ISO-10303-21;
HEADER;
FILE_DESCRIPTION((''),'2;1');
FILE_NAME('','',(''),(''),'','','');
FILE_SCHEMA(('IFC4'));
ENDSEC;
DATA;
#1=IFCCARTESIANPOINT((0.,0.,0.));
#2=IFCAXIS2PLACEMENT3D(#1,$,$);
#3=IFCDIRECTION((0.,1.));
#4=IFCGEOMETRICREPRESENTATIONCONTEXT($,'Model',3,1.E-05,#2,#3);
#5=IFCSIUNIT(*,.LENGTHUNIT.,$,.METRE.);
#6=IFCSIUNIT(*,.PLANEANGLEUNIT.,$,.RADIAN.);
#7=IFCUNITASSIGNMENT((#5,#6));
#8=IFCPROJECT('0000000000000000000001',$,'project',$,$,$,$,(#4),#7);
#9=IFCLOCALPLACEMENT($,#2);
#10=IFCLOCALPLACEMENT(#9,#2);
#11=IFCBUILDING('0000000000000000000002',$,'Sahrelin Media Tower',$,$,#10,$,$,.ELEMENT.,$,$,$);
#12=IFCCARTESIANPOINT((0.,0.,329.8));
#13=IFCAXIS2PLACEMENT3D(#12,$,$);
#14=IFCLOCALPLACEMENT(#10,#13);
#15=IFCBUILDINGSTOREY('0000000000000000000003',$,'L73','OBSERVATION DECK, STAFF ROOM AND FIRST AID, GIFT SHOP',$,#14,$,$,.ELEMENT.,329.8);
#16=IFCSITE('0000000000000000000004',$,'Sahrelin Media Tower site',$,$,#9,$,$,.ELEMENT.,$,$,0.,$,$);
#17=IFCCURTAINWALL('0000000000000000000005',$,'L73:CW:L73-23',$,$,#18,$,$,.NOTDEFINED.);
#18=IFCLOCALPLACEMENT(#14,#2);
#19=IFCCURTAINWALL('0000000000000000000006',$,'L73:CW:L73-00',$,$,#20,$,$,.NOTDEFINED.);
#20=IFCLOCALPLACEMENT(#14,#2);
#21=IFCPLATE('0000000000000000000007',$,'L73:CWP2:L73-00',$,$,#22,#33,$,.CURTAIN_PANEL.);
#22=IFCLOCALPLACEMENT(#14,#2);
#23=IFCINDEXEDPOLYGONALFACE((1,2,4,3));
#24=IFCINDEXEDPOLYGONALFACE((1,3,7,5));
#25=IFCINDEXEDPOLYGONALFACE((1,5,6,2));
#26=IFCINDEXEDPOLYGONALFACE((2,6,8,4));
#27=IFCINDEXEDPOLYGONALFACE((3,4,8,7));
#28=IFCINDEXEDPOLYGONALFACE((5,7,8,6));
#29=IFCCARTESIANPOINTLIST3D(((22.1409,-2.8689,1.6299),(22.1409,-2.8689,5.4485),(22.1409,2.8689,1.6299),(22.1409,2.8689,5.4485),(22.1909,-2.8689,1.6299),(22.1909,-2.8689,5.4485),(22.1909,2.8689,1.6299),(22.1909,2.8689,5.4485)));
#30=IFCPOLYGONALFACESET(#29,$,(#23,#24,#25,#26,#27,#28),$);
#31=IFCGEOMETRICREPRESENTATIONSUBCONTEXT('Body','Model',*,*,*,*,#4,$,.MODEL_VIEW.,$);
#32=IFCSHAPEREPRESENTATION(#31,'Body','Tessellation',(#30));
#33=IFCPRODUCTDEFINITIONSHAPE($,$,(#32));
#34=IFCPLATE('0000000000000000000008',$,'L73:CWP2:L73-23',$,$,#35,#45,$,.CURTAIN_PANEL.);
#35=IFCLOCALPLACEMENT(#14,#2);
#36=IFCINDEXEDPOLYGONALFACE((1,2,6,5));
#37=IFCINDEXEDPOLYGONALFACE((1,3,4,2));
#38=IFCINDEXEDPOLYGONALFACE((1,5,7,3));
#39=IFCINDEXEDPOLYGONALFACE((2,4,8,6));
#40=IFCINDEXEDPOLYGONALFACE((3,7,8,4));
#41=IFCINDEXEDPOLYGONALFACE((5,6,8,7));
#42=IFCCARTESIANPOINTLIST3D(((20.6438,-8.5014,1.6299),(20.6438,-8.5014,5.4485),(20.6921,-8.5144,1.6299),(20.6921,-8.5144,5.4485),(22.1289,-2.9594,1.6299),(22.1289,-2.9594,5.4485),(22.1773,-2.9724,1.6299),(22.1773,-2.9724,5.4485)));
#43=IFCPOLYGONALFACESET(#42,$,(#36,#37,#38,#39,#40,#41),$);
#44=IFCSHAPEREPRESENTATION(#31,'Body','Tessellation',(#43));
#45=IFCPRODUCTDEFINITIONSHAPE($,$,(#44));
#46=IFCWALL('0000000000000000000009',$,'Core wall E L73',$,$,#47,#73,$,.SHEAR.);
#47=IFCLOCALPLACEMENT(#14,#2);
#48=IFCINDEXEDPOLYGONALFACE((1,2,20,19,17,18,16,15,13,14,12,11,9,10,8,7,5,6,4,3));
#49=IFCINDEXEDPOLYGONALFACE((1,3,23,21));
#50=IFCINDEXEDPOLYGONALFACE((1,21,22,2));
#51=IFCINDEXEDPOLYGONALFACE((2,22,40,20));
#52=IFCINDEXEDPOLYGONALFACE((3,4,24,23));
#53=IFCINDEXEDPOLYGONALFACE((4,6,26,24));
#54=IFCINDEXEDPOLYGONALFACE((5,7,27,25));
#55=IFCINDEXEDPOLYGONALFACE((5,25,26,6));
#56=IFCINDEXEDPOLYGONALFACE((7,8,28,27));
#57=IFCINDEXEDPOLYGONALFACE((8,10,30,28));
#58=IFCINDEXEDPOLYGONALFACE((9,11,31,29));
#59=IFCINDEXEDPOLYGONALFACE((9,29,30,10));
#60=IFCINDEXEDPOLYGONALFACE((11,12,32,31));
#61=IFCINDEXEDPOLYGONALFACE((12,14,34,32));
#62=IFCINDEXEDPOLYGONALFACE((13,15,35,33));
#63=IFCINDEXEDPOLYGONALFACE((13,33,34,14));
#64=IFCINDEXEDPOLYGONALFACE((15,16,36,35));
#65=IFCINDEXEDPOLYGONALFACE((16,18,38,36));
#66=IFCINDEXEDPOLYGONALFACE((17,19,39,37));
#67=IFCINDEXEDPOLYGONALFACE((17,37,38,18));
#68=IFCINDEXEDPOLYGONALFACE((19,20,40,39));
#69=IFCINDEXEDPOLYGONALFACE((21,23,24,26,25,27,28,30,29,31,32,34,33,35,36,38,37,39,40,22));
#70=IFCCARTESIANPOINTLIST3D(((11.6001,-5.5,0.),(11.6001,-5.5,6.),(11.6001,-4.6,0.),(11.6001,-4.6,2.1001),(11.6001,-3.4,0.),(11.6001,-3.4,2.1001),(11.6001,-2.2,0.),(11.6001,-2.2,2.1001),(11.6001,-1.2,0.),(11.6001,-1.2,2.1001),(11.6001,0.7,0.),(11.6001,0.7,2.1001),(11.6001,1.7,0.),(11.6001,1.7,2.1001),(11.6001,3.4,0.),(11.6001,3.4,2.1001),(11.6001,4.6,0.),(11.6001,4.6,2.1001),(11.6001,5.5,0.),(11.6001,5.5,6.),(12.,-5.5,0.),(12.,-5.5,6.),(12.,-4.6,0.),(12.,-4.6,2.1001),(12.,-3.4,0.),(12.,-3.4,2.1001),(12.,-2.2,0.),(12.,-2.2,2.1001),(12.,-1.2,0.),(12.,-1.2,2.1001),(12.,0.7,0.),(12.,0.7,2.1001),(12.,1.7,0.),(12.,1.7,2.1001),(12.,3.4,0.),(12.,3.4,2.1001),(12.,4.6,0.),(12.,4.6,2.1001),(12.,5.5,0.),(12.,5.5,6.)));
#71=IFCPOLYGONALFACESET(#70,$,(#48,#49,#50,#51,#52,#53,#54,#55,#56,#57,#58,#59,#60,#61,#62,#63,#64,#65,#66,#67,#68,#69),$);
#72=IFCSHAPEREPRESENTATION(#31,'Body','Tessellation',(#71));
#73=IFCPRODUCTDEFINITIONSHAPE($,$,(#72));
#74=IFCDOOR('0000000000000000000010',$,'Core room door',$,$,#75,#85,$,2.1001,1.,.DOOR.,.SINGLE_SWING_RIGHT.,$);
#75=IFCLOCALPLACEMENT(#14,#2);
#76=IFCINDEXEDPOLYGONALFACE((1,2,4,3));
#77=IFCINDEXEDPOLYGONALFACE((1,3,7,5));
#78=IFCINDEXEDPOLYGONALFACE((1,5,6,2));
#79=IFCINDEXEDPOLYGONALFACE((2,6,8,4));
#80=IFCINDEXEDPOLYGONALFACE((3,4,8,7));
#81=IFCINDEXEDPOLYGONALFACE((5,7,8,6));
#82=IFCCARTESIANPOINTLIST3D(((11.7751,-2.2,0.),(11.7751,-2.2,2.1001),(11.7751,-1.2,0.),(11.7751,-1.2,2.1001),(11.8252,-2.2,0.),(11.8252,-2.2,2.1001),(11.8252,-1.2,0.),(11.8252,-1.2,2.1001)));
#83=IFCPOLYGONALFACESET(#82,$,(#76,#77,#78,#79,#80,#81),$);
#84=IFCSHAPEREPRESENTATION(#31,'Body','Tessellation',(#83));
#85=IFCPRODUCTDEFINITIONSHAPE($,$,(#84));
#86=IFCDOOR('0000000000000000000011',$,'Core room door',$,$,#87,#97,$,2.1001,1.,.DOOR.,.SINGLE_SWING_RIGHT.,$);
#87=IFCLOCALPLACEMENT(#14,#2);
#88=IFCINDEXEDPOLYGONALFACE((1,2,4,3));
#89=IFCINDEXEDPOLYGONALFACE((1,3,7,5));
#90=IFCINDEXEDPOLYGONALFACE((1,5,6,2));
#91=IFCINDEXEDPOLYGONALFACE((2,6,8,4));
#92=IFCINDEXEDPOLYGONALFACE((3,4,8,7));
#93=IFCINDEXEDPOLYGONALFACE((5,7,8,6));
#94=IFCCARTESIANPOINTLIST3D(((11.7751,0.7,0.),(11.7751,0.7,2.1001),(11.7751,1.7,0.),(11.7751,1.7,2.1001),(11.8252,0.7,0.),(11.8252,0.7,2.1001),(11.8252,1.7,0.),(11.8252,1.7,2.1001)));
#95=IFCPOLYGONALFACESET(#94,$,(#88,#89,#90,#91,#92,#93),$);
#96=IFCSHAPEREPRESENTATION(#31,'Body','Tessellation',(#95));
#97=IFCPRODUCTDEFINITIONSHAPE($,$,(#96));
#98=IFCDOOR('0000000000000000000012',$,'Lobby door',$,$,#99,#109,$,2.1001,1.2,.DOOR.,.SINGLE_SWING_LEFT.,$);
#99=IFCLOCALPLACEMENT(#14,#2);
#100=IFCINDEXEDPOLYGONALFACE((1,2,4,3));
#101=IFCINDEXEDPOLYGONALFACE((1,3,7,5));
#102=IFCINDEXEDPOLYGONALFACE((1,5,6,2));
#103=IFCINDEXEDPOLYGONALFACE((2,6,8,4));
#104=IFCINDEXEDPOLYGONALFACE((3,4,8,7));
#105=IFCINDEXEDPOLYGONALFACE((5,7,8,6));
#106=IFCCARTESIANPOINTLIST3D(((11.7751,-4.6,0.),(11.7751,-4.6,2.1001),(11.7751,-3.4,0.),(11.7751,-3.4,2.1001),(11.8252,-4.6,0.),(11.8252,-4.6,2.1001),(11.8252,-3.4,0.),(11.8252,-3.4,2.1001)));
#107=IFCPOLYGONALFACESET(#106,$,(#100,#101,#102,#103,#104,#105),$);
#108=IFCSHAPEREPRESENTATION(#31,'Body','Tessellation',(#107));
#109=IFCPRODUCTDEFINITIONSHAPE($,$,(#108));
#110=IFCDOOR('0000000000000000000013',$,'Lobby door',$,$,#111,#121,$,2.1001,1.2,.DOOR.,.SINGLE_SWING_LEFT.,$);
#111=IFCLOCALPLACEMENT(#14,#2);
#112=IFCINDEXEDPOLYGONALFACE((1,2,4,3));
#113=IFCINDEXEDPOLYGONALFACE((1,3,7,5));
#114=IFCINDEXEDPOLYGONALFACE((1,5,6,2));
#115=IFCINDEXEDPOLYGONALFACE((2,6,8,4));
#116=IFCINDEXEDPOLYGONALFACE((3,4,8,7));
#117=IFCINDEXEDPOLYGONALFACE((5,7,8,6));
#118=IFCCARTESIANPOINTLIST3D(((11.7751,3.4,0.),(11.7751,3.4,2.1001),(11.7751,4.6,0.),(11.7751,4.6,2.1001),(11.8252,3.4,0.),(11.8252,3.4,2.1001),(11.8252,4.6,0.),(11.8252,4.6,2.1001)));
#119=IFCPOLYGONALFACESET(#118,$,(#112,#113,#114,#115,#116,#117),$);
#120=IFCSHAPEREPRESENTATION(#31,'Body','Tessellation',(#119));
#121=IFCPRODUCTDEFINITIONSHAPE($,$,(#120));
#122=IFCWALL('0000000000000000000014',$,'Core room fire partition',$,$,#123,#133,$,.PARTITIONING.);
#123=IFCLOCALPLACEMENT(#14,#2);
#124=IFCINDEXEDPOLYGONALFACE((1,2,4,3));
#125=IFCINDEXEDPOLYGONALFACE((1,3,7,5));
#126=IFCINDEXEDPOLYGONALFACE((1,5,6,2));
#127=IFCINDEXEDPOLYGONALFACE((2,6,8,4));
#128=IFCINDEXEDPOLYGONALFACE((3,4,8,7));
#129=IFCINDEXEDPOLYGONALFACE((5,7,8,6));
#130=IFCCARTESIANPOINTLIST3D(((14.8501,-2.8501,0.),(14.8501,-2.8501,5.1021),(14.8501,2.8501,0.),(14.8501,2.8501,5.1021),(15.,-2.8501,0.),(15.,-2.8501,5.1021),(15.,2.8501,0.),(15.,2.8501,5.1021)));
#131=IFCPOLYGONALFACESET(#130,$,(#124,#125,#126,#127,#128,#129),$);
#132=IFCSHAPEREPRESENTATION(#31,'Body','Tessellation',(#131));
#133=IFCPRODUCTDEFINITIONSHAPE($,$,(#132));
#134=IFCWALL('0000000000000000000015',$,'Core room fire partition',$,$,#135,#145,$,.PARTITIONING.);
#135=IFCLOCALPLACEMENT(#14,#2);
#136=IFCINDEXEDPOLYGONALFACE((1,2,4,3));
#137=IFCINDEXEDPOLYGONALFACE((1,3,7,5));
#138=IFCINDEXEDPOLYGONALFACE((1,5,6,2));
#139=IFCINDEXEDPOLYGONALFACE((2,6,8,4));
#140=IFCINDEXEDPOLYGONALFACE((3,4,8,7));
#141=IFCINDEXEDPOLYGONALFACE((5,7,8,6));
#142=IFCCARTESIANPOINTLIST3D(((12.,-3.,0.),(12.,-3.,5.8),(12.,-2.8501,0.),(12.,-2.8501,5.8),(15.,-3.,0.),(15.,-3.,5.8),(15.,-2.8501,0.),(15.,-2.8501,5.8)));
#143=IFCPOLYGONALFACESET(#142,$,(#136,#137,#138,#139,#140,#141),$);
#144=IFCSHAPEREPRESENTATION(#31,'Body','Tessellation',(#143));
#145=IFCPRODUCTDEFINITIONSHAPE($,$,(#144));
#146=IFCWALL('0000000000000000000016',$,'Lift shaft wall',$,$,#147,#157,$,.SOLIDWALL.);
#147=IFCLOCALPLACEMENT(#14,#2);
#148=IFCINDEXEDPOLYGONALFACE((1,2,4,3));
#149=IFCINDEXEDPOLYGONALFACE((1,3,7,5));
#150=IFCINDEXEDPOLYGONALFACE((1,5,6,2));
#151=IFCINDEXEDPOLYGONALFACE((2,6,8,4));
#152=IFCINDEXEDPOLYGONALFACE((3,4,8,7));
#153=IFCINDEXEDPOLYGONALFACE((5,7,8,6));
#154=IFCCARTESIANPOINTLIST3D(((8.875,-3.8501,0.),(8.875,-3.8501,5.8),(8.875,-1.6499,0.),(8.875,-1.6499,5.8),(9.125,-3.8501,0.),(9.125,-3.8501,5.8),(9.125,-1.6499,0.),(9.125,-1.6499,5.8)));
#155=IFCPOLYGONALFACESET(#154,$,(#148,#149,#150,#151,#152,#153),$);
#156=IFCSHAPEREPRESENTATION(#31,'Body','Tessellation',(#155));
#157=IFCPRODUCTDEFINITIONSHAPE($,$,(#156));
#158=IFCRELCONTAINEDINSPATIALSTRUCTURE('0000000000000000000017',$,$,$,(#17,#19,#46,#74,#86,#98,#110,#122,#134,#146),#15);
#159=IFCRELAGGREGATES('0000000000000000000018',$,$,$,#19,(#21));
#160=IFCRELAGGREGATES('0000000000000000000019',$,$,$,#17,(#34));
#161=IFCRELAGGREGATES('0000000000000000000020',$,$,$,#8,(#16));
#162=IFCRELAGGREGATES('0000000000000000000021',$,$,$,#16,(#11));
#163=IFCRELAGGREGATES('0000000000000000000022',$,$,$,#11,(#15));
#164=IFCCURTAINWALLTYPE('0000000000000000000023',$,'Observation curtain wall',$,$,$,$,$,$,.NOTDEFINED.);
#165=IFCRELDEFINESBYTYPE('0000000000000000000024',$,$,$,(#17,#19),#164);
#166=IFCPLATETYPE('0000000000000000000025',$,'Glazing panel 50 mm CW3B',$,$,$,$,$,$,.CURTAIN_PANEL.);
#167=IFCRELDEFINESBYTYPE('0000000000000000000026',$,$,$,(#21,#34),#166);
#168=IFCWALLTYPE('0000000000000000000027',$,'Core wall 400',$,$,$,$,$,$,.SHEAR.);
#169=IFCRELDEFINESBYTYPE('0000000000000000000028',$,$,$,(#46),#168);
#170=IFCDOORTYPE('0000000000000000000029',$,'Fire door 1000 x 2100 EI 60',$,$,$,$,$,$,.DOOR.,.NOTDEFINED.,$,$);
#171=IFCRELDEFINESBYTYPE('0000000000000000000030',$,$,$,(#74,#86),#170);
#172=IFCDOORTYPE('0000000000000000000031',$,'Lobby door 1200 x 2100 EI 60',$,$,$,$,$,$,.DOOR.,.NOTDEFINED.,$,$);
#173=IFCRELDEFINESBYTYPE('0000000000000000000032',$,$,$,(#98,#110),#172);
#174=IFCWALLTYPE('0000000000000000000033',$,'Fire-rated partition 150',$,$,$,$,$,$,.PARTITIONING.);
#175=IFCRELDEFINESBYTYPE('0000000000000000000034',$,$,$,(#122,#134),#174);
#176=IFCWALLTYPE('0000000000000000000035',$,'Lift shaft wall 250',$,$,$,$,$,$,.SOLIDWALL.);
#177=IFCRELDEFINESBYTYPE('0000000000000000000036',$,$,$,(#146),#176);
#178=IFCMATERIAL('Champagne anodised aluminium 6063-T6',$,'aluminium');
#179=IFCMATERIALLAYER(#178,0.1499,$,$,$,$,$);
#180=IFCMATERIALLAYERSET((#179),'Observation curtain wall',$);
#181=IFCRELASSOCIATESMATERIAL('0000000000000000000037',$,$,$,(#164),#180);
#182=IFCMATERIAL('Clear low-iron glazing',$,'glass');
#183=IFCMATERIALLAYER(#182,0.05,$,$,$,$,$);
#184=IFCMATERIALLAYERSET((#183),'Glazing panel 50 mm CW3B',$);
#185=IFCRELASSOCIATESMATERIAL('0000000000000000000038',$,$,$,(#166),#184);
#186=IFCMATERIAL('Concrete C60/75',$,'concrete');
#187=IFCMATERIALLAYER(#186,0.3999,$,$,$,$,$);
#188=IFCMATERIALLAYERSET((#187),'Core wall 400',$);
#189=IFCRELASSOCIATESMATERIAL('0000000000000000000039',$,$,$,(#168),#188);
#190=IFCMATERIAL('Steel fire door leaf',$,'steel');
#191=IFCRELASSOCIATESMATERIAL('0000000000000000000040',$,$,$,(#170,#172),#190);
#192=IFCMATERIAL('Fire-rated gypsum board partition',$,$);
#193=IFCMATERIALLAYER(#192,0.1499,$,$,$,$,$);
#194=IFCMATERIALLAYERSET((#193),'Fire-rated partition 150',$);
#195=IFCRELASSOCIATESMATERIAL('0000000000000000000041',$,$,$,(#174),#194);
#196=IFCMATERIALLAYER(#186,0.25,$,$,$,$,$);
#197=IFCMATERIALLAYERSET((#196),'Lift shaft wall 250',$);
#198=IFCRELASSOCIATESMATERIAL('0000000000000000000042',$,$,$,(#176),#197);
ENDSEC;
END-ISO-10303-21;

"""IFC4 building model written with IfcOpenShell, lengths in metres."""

from ifc_helpers import new_model, si_unit, direction, frame, frame_2d, origin, place, context, subcontext, project, spatial, polyline, rectangle, outline, extrude, material, layer, layer_set, type_object, element, fill, aggregate, save


model = new_model("IFC4")

# Units and contexts
model_context = context("Model", 3, precision=1e-05, world=origin(), true_north=direction((0.0, 1.0)))
body_context = subcontext(model_context, "Body", "Model", "MODEL_VIEW")
ifc_project = project(units=[si_unit("LENGTHUNIT", "METRE"), si_unit("PLANEANGLEUNIT", "RADIAN")], contexts=[model_context])

# Site, building, storey
site_placement = place(None, origin())
site = spatial("IfcSite", under=ifc_project, at=site_placement, Name="Sahrelin Media Tower site", CompositionType="ELEMENT", RefElevation=0.0)
building_placement = place(site_placement, origin())
building = spatial("IfcBuilding", under=site, at=building_placement, Name="Sahrelin Media Tower", CompositionType="ELEMENT")
storey_placement = place(building_placement, frame((0.0, 0.0, 329.8)))
storey = spatial("IfcBuildingStorey", under=building, at=storey_placement, Name="L73", Description="OBSERVATION DECK, STAFF ROOM AND FIRST AID, GIFT SHOP", CompositionType="ELEMENT", Elevation=329.8)

# Curtain wall
ifc_material_1 = material(Name="Champagne anodised aluminium 6063-T6", Category="aluminium")
ifc_layer_1 = layer(ifc_material_1, 0.1499)
ifc_layer_set_1 = layer_set([ifc_layer_1], Name="Observation curtain wall")
curtain_wall_type = type_object("IfcCurtainWallType", Name="Observation curtain wall", PredefinedType="NOTDEFINED", material=ifc_layer_set_1)
curtain_wall_1_placement = place(storey_placement, frame((21.4153, -5.7383, 0.0), z_axis=(0.0, 0.0, 1.0), x_axis=(1.0, 0.0, 0.0)))
curtain_wall_1 = element("IfcCurtainWall", 1, at=curtain_wall_1_placement, inside=storey, type_object=curtain_wall_type, Name="L73:CW:L73-23", PredefinedType="NOTDEFINED")

# Curtain wall
curtain_wall_2_placement = place(storey_placement, frame((22.1709, 0.0, 0.0), z_axis=(0.0, 0.0, 1.0), x_axis=(1.0, 0.0, 0.0)))
curtain_wall_2 = element("IfcCurtainWall", 2, at=curtain_wall_2_placement, inside=storey, type_object=curtain_wall_type, Name="L73:CW:L73-00", PredefinedType="NOTDEFINED")

# Plates
ifc_material_2 = material(Name="Clear low-iron glazing", Category="glass")
ifc_layer_2 = layer(ifc_material_2, 0.05)
ifc_layer_set_2 = layer_set([ifc_layer_2], Name="Glazing panel 50 mm CW3B")
plate_type = type_object("IfcPlateType", Name="Glazing panel 50 mm CW3B", PredefinedType="CURTAIN_PANEL", material=ifc_layer_set_2)
plate_1_placement = place(storey_placement, frame((22.1909, -2.8689, 1.6299), z_axis=(1.0, 0.0, 0.0), x_axis=(0.0, 1.0, 0.0)))
plate_1 = element("IfcPlate", 3, at=plate_1_placement, type_object=plate_type, Name="L73:CWP2:L73-00", PredefinedType="CURTAIN_PANEL", context=body_context, shape_type="SweptSolid", body=[
    extrude(outline(polyline([(0.0, 0.0), (5.7378, 0.0), (5.7378, 3.8186), (0.0, 3.8186), (0.0, 0.0)])), origin(), (0.0, 0.0, -1.0), 0.05),
])
aggregate(curtain_wall_2, [plate_1])
plate_2_placement = place(storey_placement, frame((20.6921, -8.5144, 1.6299), z_axis=(0.96592, -0.258841, 0.0), x_axis=(0.258841, 0.96592, 0.0)))
plate_2 = element("IfcPlate", 4, at=plate_2_placement, type_object=plate_type, Name="L73:CWP2:L73-23", PredefinedType="CURTAIN_PANEL", context=body_context, shape_type="SweptSolid", body=[
    extrude(outline(polyline([(0.0, 0.0), (5.7375, 0.0), (5.7375, 3.8186), (0.0, 3.8186), (0.0, 0.0)])), origin(), (0.0, 0.0, -1.0), 0.05),
])
aggregate(curtain_wall_1, [plate_2])

# Wall, openings, doors
ifc_material_3 = material(Name="Concrete C60/75", Category="concrete")
ifc_layer_3 = layer(ifc_material_3, 0.3999)
ifc_layer_set_3 = layer_set([ifc_layer_3], Name="Core wall 400")
wall_type_1 = type_object("IfcWallType", Name="Core wall 400", PredefinedType="SHEAR", material=ifc_layer_set_3)
wall_1_placement = place(storey_placement, frame((11.8, -5.5, 0.0), z_axis=(0.0, 0.0, 1.0), x_axis=(0.0, 1.0, 0.0)))
wall_1 = element("IfcWall", 5, at=wall_1_placement, inside=storey, type_object=wall_type_1, Name="Core wall E L73", PredefinedType="SHEAR", context=body_context, shape_type="SweptSolid", body=[
    extrude(rectangle(XDim=11.0, YDim=0.3999, at=frame_2d((5.5, 0.0))), origin(), (0.0, 0.0, 1.0), 6.0),
])
opening_1_placement = place(wall_1_placement, frame((3.3, 0.0, 0.0)))
opening_1 = element("IfcOpeningElement", 6, at=opening_1_placement, cuts=wall_1, PredefinedType="OPENING", context=body_context, shape_type="SweptSolid", body=[
    extrude(rectangle(XDim=1.0, YDim=2.1001, at=frame_2d((0.5, 1.05))), frame((0.0, 0.2, 0.0), z_axis=(0.0, -1.0, 0.0), x_axis=(1.0, 0.0, 0.0)), (0.0, 0.0, 1.0), 0.3999),
])
opening_2_placement = place(wall_1_placement, frame((6.2, 0.0, 0.0)))
opening_2 = element("IfcOpeningElement", 7, at=opening_2_placement, cuts=wall_1, PredefinedType="OPENING", context=body_context, shape_type="SweptSolid", body=[
    extrude(rectangle(XDim=1.0, YDim=2.1001, at=frame_2d((0.5, 1.05))), frame((0.0, 0.2, 0.0), z_axis=(0.0, -1.0, 0.0), x_axis=(1.0, 0.0, 0.0)), (0.0, 0.0, 1.0), 0.3999),
])
opening_3_placement = place(wall_1_placement, frame((0.8999, 0.0, 0.0)))
opening_3 = element("IfcOpeningElement", 8, at=opening_3_placement, cuts=wall_1, PredefinedType="OPENING", context=body_context, shape_type="SweptSolid", body=[
    extrude(rectangle(XDim=1.2, YDim=2.1001, at=frame_2d((0.6001, 1.05))), frame((0.0, 0.2, 0.0), z_axis=(0.0, -1.0, 0.0), x_axis=(1.0, 0.0, 0.0)), (0.0, 0.0, 1.0), 0.3999),
])
opening_4_placement = place(wall_1_placement, frame((8.8999, 0.0, 0.0)))
opening_4 = element("IfcOpeningElement", 9, at=opening_4_placement, cuts=wall_1, PredefinedType="OPENING", context=body_context, shape_type="SweptSolid", body=[
    extrude(rectangle(XDim=1.2, YDim=2.1001, at=frame_2d((0.6001, 1.05))), frame((0.0, 0.2, 0.0), z_axis=(0.0, -1.0, 0.0), x_axis=(1.0, 0.0, 0.0)), (0.0, 0.0, 1.0), 0.3999),
])
ifc_material_4 = material(Name="Steel fire door leaf", Category="steel")
door_type_1 = type_object("IfcDoorType", Name="Fire door 1000 x 2100 EI 60", OperationType="NOTDEFINED", PredefinedType="DOOR", material=ifc_material_4)
door_1_placement = place(opening_1_placement, origin())
door_1 = element("IfcDoor", 10, at=door_1_placement, inside=storey, type_object=door_type_1, Name="Core room door", OperationType="SINGLE_SWING_RIGHT", OverallHeight=2.1001, OverallWidth=1.0, PredefinedType="DOOR", context=body_context, shape_type="SweptSolid", body=[
    extrude(rectangle(XDim=1.0, YDim=2.1001, at=frame_2d((0.5, 1.05))), frame((0.0, 0.0249, 0.0), z_axis=(0.0, -1.0, 0.0), x_axis=(1.0, 0.0, 0.0)), (0.0, 0.0, 1.0), 0.05),
])
fill(opening_1, door_1)
door_2_placement = place(opening_2_placement, origin())
door_2 = element("IfcDoor", 11, at=door_2_placement, inside=storey, type_object=door_type_1, Name="Core room door", OperationType="SINGLE_SWING_RIGHT", OverallHeight=2.1001, OverallWidth=1.0, PredefinedType="DOOR", context=body_context, shape_type="SweptSolid", body=[
    extrude(rectangle(XDim=1.0, YDim=2.1001, at=frame_2d((0.5, 1.05))), frame((0.0, 0.0249, 0.0), z_axis=(0.0, -1.0, 0.0), x_axis=(1.0, 0.0, 0.0)), (0.0, 0.0, 1.0), 0.05),
])
fill(opening_2, door_2)
door_type_2 = type_object("IfcDoorType", Name="Lobby door 1200 x 2100 EI 60", OperationType="NOTDEFINED", PredefinedType="DOOR", material=ifc_material_4)
door_3_placement = place(opening_3_placement, origin())
door_3 = element("IfcDoor", 12, at=door_3_placement, inside=storey, type_object=door_type_2, Name="Lobby door", OperationType="SINGLE_SWING_LEFT", OverallHeight=2.1001, OverallWidth=1.2, PredefinedType="DOOR", context=body_context, shape_type="SweptSolid", body=[
    extrude(rectangle(XDim=1.2, YDim=2.1001, at=frame_2d((0.6001, 1.05))), frame((0.0, 0.0249, 0.0), z_axis=(0.0, -1.0, 0.0), x_axis=(1.0, 0.0, 0.0)), (0.0, 0.0, 1.0), 0.05),
])
fill(opening_3, door_3)
door_4_placement = place(opening_4_placement, origin())
door_4 = element("IfcDoor", 13, at=door_4_placement, inside=storey, type_object=door_type_2, Name="Lobby door", OperationType="SINGLE_SWING_LEFT", OverallHeight=2.1001, OverallWidth=1.2, PredefinedType="DOOR", context=body_context, shape_type="SweptSolid", body=[
    extrude(rectangle(XDim=1.2, YDim=2.1001, at=frame_2d((0.6001, 1.05))), frame((0.0, 0.0249, 0.0), z_axis=(0.0, -1.0, 0.0), x_axis=(1.0, 0.0, 0.0)), (0.0, 0.0, 1.0), 0.05),
])
fill(opening_4, door_4)

# Walls
ifc_material_5 = material(Name="Fire-rated gypsum board partition")
ifc_layer_4 = layer(ifc_material_5, 0.1499)
ifc_layer_set_4 = layer_set([ifc_layer_4], Name="Fire-rated partition 150")
wall_type_2 = type_object("IfcWallType", Name="Fire-rated partition 150", PredefinedType="PARTITIONING", material=ifc_layer_set_4)
wall_2_placement = place(storey_placement, frame((14.925, -2.8501, 0.0), z_axis=(0.0, 0.0, 1.0), x_axis=(0.0, 1.0, 0.0)))
element("IfcWall", 14, at=wall_2_placement, inside=storey, type_object=wall_type_2, Name="Core room fire partition", PredefinedType="PARTITIONING", context=body_context, shape_type="SweptSolid", body=[
    extrude(rectangle(XDim=5.7002, YDim=0.1499, at=frame_2d((2.8501, 0.0))), origin(), (0.0, 0.0, 1.0), 5.1021),
])
wall_3_placement = place(storey_placement, frame((12.0, -2.925, 0.0), z_axis=(0.0, 0.0, 1.0), x_axis=(1.0, 0.0, 0.0)))
element("IfcWall", 15, at=wall_3_placement, inside=storey, type_object=wall_type_2, Name="Core room fire partition", PredefinedType="PARTITIONING", context=body_context, shape_type="SweptSolid", body=[
    extrude(rectangle(XDim=3.0, YDim=0.1499, at=frame_2d((1.5, 0.0))), origin(), (0.0, 0.0, 1.0), 5.8),
])
ifc_layer_5 = layer(ifc_material_3, 0.25)
ifc_layer_set_5 = layer_set([ifc_layer_5], Name="Lift shaft wall 250")
wall_type_3 = type_object("IfcWallType", Name="Lift shaft wall 250", PredefinedType="SOLIDWALL", material=ifc_layer_set_5)
wall_4_placement = place(storey_placement, frame((9.0, -3.8501, 0.0), z_axis=(0.0, 0.0, 1.0), x_axis=(0.0, 1.0, 0.0)))
element("IfcWall", 16, at=wall_4_placement, inside=storey, type_object=wall_type_3, Name="Lift shaft wall", PredefinedType="SOLIDWALL", context=body_context, shape_type="SweptSolid", body=[
    extrude(rectangle(XDim=2.2002, YDim=0.25, at=frame_2d((1.1001, 0.0))), origin(), (0.0, 0.0, 1.0), 5.8),
])

save(model, "model.ifc")
